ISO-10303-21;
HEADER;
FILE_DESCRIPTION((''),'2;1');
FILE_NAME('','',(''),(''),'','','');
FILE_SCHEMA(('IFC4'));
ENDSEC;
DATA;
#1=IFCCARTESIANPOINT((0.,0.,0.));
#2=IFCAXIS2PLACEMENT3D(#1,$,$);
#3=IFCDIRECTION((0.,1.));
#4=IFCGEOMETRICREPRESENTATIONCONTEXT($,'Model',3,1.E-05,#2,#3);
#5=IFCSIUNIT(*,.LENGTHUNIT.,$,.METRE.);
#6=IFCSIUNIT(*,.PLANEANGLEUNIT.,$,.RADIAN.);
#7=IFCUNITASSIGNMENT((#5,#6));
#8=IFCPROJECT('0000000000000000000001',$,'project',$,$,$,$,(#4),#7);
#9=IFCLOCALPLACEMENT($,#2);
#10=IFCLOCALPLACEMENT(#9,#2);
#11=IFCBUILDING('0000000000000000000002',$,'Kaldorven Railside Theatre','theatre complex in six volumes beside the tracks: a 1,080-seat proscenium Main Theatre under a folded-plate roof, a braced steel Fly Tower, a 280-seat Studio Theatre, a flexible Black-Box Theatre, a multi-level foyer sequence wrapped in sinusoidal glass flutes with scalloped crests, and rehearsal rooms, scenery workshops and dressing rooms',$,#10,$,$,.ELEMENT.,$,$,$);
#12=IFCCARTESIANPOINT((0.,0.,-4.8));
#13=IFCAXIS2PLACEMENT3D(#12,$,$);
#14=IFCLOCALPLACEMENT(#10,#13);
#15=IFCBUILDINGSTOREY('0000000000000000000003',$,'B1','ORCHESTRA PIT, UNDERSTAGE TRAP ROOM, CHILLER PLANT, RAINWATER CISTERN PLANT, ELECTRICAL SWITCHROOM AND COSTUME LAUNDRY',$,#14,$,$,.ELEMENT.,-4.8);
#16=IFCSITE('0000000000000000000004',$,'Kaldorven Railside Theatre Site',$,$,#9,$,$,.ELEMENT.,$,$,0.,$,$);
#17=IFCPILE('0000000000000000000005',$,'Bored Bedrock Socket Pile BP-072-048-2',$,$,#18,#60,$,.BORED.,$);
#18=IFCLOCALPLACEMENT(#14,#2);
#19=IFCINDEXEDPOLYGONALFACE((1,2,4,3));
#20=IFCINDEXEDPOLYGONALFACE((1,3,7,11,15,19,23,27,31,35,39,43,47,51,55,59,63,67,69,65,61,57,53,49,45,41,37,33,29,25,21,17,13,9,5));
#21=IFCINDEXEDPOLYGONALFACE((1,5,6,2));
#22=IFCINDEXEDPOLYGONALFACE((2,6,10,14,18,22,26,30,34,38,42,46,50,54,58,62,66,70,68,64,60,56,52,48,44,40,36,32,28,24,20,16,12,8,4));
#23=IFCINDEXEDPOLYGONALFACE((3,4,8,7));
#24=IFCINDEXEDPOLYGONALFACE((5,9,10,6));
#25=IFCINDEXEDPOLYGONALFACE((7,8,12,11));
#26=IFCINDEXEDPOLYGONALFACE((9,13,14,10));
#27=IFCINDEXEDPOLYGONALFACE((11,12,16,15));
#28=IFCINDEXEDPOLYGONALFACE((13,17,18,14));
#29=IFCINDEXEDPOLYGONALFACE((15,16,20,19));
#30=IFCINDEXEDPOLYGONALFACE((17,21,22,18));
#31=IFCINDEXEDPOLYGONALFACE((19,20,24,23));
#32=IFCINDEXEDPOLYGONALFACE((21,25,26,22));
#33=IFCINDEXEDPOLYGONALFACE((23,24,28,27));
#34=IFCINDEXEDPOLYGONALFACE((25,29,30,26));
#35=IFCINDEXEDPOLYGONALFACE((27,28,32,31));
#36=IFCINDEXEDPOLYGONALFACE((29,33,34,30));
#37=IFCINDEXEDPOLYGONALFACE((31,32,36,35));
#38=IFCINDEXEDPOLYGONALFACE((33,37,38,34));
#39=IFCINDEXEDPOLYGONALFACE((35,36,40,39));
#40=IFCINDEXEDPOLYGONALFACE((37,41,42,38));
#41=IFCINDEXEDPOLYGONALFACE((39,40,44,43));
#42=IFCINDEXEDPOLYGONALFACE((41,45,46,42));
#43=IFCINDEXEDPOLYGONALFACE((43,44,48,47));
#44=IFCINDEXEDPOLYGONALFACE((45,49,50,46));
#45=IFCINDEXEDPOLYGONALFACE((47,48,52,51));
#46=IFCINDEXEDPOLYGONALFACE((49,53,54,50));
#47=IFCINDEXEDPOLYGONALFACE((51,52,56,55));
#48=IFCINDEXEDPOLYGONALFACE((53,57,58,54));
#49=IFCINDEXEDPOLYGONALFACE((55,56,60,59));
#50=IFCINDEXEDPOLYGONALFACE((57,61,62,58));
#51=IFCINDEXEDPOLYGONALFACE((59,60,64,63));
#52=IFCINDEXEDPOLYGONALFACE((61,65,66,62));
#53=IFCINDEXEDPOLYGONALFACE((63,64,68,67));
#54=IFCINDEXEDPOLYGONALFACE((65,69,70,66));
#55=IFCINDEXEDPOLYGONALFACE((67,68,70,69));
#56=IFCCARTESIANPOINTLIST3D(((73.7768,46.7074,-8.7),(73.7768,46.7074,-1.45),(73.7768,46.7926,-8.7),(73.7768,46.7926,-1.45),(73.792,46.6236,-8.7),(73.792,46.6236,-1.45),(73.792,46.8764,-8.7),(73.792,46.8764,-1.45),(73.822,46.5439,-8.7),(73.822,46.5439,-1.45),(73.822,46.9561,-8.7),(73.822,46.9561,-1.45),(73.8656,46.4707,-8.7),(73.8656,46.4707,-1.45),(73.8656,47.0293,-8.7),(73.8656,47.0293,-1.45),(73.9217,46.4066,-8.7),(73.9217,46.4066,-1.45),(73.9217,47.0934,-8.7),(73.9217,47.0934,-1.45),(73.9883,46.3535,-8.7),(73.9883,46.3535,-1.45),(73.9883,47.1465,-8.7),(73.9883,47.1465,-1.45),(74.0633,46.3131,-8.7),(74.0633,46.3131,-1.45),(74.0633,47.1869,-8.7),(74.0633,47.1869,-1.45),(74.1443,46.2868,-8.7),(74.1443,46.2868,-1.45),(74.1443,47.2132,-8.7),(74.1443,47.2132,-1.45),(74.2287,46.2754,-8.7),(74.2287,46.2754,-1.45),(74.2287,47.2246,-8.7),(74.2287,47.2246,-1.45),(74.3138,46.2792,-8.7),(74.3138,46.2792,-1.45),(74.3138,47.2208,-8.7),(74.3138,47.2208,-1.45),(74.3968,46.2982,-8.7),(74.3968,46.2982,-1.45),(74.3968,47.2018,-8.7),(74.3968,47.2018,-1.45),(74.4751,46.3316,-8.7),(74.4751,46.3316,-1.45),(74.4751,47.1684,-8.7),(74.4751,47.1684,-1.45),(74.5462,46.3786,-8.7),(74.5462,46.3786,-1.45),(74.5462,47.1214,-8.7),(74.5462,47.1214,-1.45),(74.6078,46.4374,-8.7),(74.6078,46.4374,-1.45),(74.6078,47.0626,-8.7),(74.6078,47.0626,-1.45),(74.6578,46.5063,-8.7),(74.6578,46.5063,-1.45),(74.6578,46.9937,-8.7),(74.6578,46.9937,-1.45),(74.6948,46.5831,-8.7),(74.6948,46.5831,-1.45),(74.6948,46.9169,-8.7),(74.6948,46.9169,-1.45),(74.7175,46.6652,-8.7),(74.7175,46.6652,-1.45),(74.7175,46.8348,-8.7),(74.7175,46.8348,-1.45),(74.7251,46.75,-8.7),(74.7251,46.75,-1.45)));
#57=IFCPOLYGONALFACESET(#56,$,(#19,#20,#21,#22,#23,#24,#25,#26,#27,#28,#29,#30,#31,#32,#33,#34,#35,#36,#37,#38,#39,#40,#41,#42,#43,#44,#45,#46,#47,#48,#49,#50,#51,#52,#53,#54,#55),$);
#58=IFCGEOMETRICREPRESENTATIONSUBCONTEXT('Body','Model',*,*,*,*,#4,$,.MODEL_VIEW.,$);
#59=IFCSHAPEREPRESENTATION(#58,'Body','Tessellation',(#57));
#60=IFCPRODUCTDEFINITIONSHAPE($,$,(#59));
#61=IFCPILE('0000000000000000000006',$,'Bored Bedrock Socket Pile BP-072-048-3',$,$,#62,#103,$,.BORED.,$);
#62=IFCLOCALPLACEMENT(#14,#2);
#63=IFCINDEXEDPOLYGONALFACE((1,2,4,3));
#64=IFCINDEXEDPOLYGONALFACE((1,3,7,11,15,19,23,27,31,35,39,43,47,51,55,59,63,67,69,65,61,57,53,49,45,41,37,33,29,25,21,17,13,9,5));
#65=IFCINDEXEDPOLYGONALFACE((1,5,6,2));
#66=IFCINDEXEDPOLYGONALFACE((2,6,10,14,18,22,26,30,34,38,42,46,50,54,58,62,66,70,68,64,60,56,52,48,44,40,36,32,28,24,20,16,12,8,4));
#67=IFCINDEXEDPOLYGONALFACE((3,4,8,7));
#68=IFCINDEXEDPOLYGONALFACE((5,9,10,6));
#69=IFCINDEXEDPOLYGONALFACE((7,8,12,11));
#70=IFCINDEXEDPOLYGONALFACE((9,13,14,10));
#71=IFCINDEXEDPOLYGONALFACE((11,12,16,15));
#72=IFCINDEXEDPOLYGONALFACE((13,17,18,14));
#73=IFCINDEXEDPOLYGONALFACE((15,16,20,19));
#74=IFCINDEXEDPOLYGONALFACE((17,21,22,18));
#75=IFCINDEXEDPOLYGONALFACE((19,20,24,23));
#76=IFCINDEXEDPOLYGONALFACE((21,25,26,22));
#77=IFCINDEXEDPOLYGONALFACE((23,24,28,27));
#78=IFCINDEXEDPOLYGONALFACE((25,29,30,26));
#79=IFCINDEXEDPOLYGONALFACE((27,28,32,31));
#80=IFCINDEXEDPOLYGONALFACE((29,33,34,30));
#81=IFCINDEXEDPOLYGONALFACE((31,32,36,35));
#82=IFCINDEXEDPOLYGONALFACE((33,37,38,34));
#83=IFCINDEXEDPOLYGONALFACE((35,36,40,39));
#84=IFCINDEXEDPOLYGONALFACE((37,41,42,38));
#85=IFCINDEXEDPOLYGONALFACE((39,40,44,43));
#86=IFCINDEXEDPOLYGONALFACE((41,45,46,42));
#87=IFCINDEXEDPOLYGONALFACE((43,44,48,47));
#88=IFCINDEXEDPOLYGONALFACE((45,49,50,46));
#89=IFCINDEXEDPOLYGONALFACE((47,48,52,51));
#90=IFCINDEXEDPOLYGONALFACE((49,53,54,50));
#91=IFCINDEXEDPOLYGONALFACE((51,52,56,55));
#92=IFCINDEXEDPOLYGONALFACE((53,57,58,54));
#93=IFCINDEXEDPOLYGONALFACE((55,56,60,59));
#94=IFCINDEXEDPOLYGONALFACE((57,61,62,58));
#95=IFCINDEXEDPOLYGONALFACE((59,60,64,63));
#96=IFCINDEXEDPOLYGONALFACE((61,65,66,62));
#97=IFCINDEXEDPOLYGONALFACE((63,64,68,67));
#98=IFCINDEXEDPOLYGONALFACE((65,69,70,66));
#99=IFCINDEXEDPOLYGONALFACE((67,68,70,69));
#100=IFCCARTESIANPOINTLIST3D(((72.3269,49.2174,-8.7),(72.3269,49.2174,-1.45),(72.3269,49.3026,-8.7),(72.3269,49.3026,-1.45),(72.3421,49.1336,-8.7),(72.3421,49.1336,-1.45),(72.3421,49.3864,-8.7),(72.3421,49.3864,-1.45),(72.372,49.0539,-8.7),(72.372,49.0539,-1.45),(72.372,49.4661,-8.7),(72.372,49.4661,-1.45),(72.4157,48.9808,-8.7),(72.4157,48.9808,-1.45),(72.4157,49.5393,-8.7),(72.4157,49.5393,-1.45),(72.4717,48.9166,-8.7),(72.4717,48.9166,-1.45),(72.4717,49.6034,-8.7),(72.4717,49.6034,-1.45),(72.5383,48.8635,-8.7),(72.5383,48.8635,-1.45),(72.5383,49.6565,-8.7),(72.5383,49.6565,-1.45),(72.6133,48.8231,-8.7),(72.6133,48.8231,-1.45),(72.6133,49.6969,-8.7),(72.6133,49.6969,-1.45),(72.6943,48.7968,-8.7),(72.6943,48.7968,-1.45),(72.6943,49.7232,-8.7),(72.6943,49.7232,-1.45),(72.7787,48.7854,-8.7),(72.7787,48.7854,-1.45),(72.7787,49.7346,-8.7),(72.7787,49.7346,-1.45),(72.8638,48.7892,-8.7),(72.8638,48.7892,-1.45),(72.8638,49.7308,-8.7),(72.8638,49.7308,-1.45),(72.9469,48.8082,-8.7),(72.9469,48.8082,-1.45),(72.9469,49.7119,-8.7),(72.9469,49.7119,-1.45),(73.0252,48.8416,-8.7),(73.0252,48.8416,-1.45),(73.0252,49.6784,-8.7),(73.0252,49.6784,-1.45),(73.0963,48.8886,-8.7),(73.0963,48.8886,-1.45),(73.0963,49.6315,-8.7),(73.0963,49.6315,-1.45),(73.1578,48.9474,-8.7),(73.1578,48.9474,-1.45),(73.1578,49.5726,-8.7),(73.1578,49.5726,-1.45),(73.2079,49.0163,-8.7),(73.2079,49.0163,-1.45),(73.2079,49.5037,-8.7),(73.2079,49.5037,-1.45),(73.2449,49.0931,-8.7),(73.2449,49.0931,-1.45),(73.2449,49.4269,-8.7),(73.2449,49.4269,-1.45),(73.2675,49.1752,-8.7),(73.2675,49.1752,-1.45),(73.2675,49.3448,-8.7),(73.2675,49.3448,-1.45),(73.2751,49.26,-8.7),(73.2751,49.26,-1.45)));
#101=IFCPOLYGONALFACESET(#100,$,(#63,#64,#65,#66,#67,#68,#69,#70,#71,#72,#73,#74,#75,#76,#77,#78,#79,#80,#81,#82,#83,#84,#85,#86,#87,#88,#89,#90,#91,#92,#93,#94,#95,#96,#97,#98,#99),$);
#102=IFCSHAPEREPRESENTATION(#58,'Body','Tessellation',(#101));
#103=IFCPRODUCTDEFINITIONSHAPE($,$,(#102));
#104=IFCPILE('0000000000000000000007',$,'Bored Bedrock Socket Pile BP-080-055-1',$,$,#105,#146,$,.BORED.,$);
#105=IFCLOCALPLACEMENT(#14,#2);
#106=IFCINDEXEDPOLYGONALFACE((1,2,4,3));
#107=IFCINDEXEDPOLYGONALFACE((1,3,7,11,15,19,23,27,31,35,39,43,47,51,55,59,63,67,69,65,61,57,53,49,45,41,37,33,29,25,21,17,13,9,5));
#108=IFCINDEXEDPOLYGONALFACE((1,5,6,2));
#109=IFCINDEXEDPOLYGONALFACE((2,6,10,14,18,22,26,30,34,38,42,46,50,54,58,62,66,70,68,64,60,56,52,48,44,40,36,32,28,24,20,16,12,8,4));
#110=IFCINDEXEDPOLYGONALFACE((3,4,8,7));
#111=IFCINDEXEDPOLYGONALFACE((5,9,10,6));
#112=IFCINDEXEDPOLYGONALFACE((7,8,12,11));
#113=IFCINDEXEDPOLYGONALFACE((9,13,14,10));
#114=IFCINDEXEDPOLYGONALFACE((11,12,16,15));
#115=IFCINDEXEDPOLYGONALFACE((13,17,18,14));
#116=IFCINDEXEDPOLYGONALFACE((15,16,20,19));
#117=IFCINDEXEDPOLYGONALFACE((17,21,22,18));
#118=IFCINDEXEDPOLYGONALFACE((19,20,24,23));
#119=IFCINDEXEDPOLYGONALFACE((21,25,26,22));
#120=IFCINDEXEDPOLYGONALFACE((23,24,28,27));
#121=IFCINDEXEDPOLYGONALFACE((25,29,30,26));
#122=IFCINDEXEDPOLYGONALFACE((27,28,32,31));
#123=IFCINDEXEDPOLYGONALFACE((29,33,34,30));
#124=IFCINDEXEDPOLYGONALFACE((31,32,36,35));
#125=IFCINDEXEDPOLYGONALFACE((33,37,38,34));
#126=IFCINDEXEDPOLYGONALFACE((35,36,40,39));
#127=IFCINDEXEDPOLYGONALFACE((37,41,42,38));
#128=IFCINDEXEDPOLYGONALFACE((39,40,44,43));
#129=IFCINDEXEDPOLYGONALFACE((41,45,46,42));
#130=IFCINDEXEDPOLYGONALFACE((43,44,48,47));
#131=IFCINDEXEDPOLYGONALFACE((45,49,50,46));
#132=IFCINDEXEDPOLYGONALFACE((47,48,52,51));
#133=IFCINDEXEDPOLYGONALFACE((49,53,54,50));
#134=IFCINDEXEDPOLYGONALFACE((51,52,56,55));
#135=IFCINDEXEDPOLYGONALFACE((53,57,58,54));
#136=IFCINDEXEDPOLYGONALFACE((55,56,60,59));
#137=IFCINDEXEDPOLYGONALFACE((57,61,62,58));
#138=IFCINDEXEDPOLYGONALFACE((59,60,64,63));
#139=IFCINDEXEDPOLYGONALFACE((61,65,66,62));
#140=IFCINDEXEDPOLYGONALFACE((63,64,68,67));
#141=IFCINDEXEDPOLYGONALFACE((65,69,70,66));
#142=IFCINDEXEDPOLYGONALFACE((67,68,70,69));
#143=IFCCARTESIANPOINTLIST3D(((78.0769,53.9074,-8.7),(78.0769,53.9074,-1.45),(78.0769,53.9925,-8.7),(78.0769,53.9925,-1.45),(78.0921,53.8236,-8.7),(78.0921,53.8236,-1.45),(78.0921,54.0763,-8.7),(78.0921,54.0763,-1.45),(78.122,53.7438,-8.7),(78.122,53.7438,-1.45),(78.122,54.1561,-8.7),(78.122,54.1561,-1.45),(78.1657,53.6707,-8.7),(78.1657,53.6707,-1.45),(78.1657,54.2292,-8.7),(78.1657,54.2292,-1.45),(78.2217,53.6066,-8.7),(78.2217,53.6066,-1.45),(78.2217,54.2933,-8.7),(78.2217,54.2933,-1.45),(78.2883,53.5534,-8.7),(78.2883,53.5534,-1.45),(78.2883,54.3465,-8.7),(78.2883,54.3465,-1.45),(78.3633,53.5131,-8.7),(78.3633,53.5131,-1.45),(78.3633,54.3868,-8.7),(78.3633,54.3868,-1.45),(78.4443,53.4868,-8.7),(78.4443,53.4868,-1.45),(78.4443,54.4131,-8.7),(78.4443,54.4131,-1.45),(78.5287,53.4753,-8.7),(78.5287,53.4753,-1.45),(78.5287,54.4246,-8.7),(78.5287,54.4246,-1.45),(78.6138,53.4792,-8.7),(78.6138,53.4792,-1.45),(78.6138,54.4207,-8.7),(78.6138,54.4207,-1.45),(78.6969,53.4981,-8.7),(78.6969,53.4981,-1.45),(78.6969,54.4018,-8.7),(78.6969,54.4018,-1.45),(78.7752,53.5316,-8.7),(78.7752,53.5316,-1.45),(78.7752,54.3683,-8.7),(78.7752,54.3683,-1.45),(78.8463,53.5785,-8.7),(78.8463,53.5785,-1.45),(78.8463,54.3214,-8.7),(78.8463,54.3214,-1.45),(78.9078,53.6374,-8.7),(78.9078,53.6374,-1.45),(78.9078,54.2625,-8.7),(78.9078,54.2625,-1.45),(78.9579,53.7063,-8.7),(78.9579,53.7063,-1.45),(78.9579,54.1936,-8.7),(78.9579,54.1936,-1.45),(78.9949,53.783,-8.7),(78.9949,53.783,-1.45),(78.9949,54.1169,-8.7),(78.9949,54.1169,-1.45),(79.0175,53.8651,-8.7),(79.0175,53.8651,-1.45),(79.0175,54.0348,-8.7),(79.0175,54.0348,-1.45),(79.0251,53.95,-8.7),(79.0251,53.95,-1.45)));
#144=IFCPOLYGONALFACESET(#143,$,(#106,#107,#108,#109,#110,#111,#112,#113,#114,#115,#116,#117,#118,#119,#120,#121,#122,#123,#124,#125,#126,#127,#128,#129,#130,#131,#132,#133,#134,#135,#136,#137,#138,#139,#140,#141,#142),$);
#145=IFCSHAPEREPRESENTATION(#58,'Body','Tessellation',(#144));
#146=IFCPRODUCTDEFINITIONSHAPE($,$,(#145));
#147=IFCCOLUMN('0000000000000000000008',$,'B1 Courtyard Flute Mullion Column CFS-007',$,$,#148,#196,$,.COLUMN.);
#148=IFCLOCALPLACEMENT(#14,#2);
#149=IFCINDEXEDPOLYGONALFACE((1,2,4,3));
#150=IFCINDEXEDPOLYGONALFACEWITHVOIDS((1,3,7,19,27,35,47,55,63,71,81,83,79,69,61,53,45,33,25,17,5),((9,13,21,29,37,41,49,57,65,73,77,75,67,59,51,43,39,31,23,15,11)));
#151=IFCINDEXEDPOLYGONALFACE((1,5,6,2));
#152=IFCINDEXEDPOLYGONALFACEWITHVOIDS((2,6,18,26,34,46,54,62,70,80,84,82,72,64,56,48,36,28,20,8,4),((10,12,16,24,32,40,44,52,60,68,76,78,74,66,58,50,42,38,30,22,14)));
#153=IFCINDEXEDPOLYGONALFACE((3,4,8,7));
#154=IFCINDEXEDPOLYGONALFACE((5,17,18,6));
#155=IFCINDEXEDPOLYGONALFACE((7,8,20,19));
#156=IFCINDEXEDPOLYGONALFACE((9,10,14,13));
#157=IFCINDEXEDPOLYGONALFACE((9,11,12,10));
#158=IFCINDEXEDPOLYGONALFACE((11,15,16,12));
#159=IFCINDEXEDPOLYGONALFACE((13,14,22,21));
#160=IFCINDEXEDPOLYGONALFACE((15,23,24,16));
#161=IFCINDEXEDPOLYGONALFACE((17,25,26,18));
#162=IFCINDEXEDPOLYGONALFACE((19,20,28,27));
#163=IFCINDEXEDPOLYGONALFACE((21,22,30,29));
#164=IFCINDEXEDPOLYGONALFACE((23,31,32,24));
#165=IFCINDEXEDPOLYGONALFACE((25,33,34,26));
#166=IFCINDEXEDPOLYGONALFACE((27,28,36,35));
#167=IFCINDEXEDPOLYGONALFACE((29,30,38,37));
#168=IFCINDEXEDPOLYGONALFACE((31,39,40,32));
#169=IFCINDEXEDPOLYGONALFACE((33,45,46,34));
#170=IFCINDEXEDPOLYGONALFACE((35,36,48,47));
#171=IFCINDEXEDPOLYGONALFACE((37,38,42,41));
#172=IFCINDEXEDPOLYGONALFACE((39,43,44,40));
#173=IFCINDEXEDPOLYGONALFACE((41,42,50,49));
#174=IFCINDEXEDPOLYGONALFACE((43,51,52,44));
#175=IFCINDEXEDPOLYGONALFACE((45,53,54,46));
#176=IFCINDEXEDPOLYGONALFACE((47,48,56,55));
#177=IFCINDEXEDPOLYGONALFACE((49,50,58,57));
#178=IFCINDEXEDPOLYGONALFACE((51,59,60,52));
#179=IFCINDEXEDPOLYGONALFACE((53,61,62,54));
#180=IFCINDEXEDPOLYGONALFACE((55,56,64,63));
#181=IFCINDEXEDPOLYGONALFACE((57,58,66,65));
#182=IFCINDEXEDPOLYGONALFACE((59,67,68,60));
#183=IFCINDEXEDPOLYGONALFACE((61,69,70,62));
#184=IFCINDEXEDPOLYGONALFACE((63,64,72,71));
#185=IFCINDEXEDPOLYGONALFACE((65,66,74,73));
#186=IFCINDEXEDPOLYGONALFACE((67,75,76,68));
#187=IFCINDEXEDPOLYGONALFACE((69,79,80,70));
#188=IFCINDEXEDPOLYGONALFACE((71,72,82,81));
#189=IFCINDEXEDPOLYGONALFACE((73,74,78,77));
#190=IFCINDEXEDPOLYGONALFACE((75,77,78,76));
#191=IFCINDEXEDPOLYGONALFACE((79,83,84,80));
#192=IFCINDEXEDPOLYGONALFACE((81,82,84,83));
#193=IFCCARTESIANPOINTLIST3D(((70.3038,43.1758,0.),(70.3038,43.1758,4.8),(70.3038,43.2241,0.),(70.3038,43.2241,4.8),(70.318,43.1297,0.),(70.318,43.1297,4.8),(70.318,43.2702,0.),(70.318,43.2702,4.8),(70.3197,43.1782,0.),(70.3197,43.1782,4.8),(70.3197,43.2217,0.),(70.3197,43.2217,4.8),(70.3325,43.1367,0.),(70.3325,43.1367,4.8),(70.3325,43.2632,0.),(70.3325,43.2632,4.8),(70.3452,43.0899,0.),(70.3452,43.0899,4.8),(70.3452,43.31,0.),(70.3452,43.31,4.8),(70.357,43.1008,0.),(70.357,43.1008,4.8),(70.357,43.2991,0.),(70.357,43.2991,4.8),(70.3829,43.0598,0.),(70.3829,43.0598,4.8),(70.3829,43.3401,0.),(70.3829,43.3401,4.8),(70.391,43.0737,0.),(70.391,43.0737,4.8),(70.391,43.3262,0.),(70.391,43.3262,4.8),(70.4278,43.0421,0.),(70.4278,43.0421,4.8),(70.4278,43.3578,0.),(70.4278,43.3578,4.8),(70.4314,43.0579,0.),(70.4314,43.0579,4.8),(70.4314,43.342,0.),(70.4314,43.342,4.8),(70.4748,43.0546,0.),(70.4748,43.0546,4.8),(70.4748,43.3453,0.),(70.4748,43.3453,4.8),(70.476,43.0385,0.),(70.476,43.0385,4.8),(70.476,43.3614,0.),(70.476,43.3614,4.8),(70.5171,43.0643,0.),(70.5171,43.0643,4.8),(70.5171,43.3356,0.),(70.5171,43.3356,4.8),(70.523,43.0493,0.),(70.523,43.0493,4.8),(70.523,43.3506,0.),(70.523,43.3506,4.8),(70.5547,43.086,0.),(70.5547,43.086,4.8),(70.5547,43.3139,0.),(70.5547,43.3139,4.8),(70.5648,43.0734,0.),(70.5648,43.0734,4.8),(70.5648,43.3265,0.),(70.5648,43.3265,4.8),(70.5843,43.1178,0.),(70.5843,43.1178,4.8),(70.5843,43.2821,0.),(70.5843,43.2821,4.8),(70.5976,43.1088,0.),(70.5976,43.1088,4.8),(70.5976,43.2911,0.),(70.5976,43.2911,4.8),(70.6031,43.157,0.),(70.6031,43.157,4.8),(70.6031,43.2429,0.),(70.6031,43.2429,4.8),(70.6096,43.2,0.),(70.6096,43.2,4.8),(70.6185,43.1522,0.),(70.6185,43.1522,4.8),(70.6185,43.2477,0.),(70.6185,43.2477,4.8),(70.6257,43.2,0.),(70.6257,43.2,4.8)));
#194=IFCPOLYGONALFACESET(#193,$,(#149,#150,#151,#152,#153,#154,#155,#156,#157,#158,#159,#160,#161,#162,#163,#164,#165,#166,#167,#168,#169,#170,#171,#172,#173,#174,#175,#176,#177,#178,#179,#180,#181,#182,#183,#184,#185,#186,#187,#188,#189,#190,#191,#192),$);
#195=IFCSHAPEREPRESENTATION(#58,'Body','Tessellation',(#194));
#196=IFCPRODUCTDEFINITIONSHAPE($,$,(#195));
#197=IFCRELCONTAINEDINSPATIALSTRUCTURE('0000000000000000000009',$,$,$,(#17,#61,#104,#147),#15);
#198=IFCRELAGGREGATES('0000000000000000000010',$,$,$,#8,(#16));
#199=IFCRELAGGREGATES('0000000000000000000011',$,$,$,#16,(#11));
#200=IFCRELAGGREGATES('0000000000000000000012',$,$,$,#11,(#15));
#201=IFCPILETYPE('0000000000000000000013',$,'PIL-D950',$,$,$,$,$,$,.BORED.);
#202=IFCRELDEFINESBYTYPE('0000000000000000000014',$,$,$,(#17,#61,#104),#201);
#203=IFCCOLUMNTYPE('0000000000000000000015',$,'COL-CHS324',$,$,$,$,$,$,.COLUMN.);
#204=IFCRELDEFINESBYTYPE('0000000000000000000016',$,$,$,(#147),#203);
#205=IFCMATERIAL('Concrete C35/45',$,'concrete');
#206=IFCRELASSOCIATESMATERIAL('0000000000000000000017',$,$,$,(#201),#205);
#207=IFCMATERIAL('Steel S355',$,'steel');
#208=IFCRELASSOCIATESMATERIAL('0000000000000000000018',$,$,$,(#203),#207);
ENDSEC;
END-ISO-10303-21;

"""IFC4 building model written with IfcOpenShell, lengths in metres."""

from ifc_helpers import new_model, si_unit, direction, frame, origin, origin_2d, place, context, subcontext, project, spatial, circle, hollow_circle, extrude, material, material_profile, profile_set, type_object, element, save


model = new_model("IFC4")

# Units and contexts
model_context = context("Model", 3, precision=1e-05, world=origin(), true_north=direction((0.0, 1.0)))
body_context = subcontext(model_context, "Body", "Model", "MODEL_VIEW")
ifc_project = project(units=[si_unit("LENGTHUNIT", "METRE"), si_unit("PLANEANGLEUNIT", "RADIAN")], contexts=[model_context])

# Site, building, storey
site_placement = place(None, origin())
site = spatial("IfcSite", under=ifc_project, at=site_placement, Name="Kaldorven Railside Theatre Site", CompositionType="ELEMENT", RefElevation=0.0)
building_placement = place(site_placement, origin())
building = spatial("IfcBuilding", under=site, at=building_placement, Name="Kaldorven Railside Theatre", Description="theatre complex in six volumes beside the tracks: a 1,080-seat proscenium Main Theatre under a folded-plate roof, a braced steel Fly Tower, a 280-seat Studio Theatre, a flexible Black-Box Theatre, a multi-level foyer sequence wrapped in sinusoidal glass flutes with scalloped crests, and rehearsal rooms, scenery workshops and dressing rooms", CompositionType="ELEMENT")
storey_placement = place(building_placement, frame((0.0, 0.0, -4.8)))
storey = spatial("IfcBuildingStorey", under=building, at=storey_placement, Name="B1", Description="ORCHESTRA PIT, UNDERSTAGE TRAP ROOM, CHILLER PLANT, RAINWATER CISTERN PLANT, ELECTRICAL SWITCHROOM AND COSTUME LAUNDRY", CompositionType="ELEMENT", Elevation=-4.8)

# Piles
ifc_material_1 = material(Name="Concrete C35/45", Category="concrete")
ifc_material_profile_1 = material_profile(ifc_material_1, circle(Radius=0.4751, at=origin_2d()), Name="BP D950")
ifc_profile_set_1 = profile_set([ifc_material_profile_1], Name="Concrete C35/45")
pile_type_1 = type_object("IfcPileType", Name="PIL-D950", PredefinedType="BORED", material=ifc_profile_set_1)
for number, where, z_axis, x_axis, name in (
    (1, (74.25, 46.75, -1.45), (0.0, 0.0, -1.0), (1.0, 0.0, 0.0), "Bored Bedrock Socket Pile BP-072-048-2"),
    (2, (72.8, 49.26, -1.45), (0.0, 0.0, -1.0), (1.0, 0.0, 0.0), "Bored Bedrock Socket Pile BP-072-048-3"),
    (3, (78.55, 53.95, -1.45), (0.0, 0.0, -1.0), (1.0, 0.0, 0.0), "Bored Bedrock Socket Pile BP-080-055-1"),
):
    element("IfcPile", number, at=place(storey_placement, frame(where, z_axis=z_axis, x_axis=x_axis)), inside=storey, type_object=pile_type_1, Name=name, PredefinedType="BORED", context=body_context, shape_type="SweptSolid", body=[
        extrude(circle(Radius=0.4751, at=origin_2d()), origin(), (0.0, 0.0, 1.0), 7.25),
    ])

# Column
ifc_material_2 = material(Name="Steel S355", Category="steel")
ifc_material_profile_2 = material_profile(ifc_material_2, hollow_circle(Radius=0.1619, WallThickness=0.0161, at=origin_2d()), Name="CHS 323.9x16")
ifc_profile_set_2 = profile_set([ifc_material_profile_2], Name="Steel S355")
column_type_1 = type_object("IfcColumnType", Name="COL-CHS324", PredefinedType="COLUMN", material=ifc_profile_set_2)
for number, where, z_axis, x_axis, name in (
    (4, (70.4639, 43.2, 0.0), (0.0, 0.0, 1.0), (1.0, 0.0, 0.0), "B1 Courtyard Flute Mullion Column CFS-007"),
):
    element("IfcColumn", number, at=place(storey_placement, frame(where, z_axis=z_axis, x_axis=x_axis)), inside=storey, type_object=column_type_1, Name=name, PredefinedType="COLUMN", context=body_context, shape_type="SweptSolid", body=[
        extrude(hollow_circle(Radius=0.1619, WallThickness=0.0161, at=origin_2d()), origin(), (0.0, 0.0, 1.0), 4.8),
    ])

save(model, "model.ifc")
